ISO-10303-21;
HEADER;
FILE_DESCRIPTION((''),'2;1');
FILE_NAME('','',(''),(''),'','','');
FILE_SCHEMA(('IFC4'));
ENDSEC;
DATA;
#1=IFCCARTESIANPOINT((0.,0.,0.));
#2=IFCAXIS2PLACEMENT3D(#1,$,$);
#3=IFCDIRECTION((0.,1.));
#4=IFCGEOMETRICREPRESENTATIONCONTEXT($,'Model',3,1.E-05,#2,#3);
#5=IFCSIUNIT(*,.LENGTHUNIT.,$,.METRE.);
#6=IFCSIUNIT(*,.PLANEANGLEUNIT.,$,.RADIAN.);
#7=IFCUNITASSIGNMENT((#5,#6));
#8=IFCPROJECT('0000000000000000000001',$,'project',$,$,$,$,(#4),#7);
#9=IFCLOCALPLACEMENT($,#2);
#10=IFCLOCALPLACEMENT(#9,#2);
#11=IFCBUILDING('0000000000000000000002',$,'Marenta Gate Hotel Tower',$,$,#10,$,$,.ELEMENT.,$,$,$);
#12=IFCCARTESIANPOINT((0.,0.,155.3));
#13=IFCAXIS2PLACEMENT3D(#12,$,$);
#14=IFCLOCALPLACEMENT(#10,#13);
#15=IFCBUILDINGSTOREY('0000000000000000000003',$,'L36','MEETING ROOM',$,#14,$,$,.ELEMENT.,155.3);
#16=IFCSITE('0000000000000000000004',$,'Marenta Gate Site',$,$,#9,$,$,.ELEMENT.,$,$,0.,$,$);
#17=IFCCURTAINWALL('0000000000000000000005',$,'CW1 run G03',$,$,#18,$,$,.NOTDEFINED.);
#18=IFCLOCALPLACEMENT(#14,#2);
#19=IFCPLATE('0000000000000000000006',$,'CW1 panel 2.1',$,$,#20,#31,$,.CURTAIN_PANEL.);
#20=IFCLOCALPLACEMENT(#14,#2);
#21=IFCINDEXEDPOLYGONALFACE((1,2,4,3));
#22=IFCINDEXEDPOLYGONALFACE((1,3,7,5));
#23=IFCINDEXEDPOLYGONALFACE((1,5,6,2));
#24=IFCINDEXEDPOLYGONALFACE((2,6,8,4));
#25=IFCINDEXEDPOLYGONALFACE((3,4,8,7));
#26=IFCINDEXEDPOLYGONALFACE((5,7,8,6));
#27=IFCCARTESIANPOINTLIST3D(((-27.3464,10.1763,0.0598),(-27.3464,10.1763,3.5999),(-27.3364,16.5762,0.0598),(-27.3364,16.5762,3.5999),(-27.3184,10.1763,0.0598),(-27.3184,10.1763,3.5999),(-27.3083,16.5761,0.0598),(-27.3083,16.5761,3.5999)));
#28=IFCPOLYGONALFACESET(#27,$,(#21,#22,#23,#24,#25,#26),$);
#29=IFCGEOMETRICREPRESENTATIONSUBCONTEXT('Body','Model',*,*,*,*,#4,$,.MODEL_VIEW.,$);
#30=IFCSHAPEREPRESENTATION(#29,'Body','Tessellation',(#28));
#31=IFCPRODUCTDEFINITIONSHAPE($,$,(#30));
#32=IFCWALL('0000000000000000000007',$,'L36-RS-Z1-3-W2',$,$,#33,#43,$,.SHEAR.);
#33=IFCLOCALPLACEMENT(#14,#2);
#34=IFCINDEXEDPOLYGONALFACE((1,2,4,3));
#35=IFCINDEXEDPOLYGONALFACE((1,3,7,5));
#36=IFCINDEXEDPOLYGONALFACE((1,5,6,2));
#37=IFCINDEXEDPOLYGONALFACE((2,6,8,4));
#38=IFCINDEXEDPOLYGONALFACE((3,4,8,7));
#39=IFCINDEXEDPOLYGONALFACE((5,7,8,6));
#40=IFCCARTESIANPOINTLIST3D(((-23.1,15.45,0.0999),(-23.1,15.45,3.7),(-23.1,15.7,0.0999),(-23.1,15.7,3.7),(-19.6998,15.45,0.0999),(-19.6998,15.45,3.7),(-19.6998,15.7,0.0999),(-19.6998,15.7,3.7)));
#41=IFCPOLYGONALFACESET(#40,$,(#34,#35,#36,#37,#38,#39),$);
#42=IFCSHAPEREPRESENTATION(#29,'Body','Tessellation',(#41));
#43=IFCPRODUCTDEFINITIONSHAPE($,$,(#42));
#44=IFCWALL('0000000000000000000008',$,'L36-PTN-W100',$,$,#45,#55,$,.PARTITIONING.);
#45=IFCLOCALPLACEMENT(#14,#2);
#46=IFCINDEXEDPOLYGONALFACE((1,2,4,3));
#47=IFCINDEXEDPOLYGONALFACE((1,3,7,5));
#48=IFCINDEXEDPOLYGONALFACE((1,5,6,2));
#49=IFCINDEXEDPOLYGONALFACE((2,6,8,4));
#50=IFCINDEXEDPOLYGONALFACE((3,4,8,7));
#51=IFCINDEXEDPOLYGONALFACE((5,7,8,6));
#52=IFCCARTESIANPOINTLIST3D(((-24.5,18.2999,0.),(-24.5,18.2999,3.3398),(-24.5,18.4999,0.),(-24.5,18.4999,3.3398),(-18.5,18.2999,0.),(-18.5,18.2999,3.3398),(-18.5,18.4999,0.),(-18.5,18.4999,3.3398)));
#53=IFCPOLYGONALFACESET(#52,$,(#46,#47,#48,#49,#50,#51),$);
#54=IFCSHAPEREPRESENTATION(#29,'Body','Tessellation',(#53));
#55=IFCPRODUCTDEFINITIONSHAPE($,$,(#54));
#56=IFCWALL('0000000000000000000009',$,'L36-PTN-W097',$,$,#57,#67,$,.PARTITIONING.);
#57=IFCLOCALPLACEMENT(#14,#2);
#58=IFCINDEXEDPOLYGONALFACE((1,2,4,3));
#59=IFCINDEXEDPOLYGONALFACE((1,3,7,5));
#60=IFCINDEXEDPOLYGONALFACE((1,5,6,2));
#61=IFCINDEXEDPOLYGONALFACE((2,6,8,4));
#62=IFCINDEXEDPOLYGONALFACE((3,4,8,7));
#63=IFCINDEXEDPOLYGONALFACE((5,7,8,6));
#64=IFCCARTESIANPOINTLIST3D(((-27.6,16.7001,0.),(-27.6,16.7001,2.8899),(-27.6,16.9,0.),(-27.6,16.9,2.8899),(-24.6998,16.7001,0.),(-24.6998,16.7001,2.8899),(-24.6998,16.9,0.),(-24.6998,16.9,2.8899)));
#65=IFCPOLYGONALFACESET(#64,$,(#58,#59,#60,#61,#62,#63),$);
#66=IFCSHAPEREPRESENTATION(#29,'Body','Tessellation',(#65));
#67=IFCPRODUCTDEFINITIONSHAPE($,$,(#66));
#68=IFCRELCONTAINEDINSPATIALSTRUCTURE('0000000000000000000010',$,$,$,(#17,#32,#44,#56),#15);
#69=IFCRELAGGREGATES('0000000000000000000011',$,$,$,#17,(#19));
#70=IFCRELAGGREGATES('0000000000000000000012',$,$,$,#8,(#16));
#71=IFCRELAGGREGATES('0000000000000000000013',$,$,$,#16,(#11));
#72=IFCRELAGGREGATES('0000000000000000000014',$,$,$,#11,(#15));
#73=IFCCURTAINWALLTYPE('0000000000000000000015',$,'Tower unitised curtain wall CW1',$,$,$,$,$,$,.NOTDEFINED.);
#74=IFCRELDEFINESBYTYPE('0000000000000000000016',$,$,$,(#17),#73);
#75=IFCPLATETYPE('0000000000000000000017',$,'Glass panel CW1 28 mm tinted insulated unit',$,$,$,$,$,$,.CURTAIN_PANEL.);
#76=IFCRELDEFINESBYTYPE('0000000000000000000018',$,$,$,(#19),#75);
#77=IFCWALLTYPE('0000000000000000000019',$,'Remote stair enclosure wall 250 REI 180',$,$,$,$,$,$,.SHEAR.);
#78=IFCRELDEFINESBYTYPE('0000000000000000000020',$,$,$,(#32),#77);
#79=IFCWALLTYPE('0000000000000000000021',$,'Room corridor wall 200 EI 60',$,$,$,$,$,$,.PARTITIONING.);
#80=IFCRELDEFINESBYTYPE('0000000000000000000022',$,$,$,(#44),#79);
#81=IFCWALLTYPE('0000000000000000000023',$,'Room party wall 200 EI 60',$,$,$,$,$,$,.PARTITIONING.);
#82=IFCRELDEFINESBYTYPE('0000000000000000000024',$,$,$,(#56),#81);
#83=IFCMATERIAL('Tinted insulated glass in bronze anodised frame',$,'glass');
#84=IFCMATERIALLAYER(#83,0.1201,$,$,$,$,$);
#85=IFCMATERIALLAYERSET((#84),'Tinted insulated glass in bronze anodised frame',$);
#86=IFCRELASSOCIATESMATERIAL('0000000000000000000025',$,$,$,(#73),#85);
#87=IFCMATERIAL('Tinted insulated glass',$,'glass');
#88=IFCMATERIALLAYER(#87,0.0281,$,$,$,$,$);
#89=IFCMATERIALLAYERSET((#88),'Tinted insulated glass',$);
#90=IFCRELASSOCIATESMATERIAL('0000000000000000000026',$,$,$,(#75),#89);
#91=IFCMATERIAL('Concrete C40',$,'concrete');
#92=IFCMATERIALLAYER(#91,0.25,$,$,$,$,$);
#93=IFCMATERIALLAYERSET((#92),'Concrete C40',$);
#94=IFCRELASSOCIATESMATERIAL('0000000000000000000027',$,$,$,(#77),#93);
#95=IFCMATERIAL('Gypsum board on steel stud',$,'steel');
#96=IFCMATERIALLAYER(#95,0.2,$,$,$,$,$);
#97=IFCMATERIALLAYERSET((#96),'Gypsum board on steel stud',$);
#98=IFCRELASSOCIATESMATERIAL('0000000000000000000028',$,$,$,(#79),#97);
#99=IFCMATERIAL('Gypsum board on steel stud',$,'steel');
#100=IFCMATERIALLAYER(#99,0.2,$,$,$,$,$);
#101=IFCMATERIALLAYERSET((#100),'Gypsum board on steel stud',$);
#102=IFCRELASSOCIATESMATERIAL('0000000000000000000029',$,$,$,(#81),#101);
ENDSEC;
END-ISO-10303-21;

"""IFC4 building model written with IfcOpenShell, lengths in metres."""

from ifc_helpers import new_model, si_unit, direction, frame, frame_2d, origin, origin_2d, place, context, subcontext, project, spatial, rectangle, extrude, material, layer, layer_set, type_object, element, aggregate, save


model = new_model("IFC4")

# Units and contexts
model_context = context("Model", 3, precision=1e-05, world=origin(), true_north=direction((0.0, 1.0)))
body_context = subcontext(model_context, "Body", "Model", "MODEL_VIEW")
ifc_project = project(units=[si_unit("LENGTHUNIT", "METRE"), si_unit("PLANEANGLEUNIT", "RADIAN")], contexts=[model_context])

# Site, building, storey
site_placement = place(None, origin())
site = spatial("IfcSite", under=ifc_project, at=site_placement, Name="Marenta Gate Site", CompositionType="ELEMENT", RefElevation=0.0)
building_placement = place(site_placement, origin())
building = spatial("IfcBuilding", under=site, at=building_placement, Name="Marenta Gate Hotel Tower", CompositionType="ELEMENT")
storey_placement = place(building_placement, frame((0.0, 0.0, 155.3)))
storey = spatial("IfcBuildingStorey", under=building, at=storey_placement, Name="L36", Description="MEETING ROOM", CompositionType="ELEMENT", Elevation=155.3)

# Shared definitions
ifc_material_1 = material(Name="Tinted insulated glass in bronze anodised frame", Category="glass")
ifc_layer_1 = layer(ifc_material_1, 0.1201)
ifc_layer_set_1 = layer_set([ifc_layer_1], Name="Tinted insulated glass in bronze anodised frame")
curtain_wall_type = type_object("IfcCurtainWallType", Name="Tower unitised curtain wall CW1", PredefinedType="NOTDEFINED", material=ifc_layer_set_1)

# Curtain wall
curtain_wall_1_placement = place(storey_placement, origin())
curtain_wall_1 = element("IfcCurtainWall", 1, at=curtain_wall_1_placement, inside=storey, type_object=curtain_wall_type, Name="CW1 run G03", PredefinedType="NOTDEFINED")

# Plate
ifc_material_2 = material(Name="Tinted insulated glass", Category="glass")
ifc_layer_2 = layer(ifc_material_2, 0.0281)
ifc_layer_set_2 = layer_set([ifc_layer_2], Name="Tinted insulated glass")
plate_type = type_object("IfcPlateType", Name="Glass panel CW1 28 mm tinted insulated unit", PredefinedType="CURTAIN_PANEL", material=ifc_layer_set_2)
plate_1_placement = place(storey_placement, frame((-27.3274, 13.3762, 0.0598), z_axis=(0.0, 0.0, 1.0), x_axis=(-0.001566, -0.999999, 0.0)))
plate_1 = element("IfcPlate", 2, at=plate_1_placement, type_object=plate_type, Name="CW1 panel 2.1", PredefinedType="CURTAIN_PANEL", context=body_context, shape_type="SweptSolid", body=[
    extrude(rectangle(XDim=6.3999, YDim=0.0281, at=origin_2d()), origin(), (0.0, 0.0, 1.0), 3.54),
])
aggregate(curtain_wall_1, [plate_1])

# Walls
ifc_material_3 = material(Name="Concrete C40", Category="concrete")
ifc_layer_3 = layer(ifc_material_3, 0.25)
ifc_layer_set_3 = layer_set([ifc_layer_3], Name="Concrete C40")
wall_type_1 = type_object("IfcWallType", Name="Remote stair enclosure wall 250 REI 180", PredefinedType="SHEAR", material=ifc_layer_set_3)
wall_1_placement = place(storey_placement, frame((-23.1001, 15.575, 0.0999), z_axis=(0.0, 0.0, 1.0), x_axis=(1.0, 0.0, 0.0)))
element("IfcWall", 3, at=wall_1_placement, inside=storey, type_object=wall_type_1, Name="L36-RS-Z1-3-W2", PredefinedType="SHEAR", context=body_context, shape_type="SweptSolid", body=[
    extrude(rectangle(XDim=3.4001, YDim=0.25, at=frame_2d((1.7002, 0.0))), origin(), (0.0, 0.0, 1.0), 3.6001),
])
ifc_material_4 = material(Name="Gypsum board on steel stud", Category="steel")
ifc_layer_4 = layer(ifc_material_4, 0.2)
ifc_layer_set_4 = layer_set([ifc_layer_4], Name="Gypsum board on steel stud")
wall_type_2 = type_object("IfcWallType", Name="Room corridor wall 200 EI 60", PredefinedType="PARTITIONING", material=ifc_layer_set_4)
wall_2_placement = place(storey_placement, frame((-24.5, 18.3999, 0.0), z_axis=(0.0, 0.0, 1.0), x_axis=(1.0, 0.0, 0.0)))
element("IfcWall", 4, at=wall_2_placement, inside=storey, type_object=wall_type_2, Name="L36-PTN-W100", PredefinedType="PARTITIONING", context=body_context, shape_type="SweptSolid", body=[
    extrude(rectangle(XDim=6.0, YDim=0.2, at=frame_2d((3.0, 0.0))), origin(), (0.0, 0.0, 1.0), 3.3398),
])
ifc_material_5 = material(Name="Gypsum board on steel stud", Category="steel")
ifc_layer_5 = layer(ifc_material_5, 0.2)
ifc_layer_set_5 = layer_set([ifc_layer_5], Name="Gypsum board on steel stud")
wall_type_3 = type_object("IfcWallType", Name="Room party wall 200 EI 60", PredefinedType="PARTITIONING", material=ifc_layer_set_5)
wall_3_placement = place(storey_placement, frame((-27.6001, 16.8, 0.0), z_axis=(0.0, 0.0, 1.0), x_axis=(1.0, 0.0, 0.0)))
element("IfcWall", 5, at=wall_3_placement, inside=storey, type_object=wall_type_3, Name="L36-PTN-W097", PredefinedType="PARTITIONING", context=body_context, shape_type="SweptSolid", body=[
    extrude(rectangle(XDim=2.9001, YDim=0.2, at=frame_2d((1.4502, 0.0))), origin(), (0.0, 0.0, 1.0), 2.8899),
])

save(model, "model.ifc")
